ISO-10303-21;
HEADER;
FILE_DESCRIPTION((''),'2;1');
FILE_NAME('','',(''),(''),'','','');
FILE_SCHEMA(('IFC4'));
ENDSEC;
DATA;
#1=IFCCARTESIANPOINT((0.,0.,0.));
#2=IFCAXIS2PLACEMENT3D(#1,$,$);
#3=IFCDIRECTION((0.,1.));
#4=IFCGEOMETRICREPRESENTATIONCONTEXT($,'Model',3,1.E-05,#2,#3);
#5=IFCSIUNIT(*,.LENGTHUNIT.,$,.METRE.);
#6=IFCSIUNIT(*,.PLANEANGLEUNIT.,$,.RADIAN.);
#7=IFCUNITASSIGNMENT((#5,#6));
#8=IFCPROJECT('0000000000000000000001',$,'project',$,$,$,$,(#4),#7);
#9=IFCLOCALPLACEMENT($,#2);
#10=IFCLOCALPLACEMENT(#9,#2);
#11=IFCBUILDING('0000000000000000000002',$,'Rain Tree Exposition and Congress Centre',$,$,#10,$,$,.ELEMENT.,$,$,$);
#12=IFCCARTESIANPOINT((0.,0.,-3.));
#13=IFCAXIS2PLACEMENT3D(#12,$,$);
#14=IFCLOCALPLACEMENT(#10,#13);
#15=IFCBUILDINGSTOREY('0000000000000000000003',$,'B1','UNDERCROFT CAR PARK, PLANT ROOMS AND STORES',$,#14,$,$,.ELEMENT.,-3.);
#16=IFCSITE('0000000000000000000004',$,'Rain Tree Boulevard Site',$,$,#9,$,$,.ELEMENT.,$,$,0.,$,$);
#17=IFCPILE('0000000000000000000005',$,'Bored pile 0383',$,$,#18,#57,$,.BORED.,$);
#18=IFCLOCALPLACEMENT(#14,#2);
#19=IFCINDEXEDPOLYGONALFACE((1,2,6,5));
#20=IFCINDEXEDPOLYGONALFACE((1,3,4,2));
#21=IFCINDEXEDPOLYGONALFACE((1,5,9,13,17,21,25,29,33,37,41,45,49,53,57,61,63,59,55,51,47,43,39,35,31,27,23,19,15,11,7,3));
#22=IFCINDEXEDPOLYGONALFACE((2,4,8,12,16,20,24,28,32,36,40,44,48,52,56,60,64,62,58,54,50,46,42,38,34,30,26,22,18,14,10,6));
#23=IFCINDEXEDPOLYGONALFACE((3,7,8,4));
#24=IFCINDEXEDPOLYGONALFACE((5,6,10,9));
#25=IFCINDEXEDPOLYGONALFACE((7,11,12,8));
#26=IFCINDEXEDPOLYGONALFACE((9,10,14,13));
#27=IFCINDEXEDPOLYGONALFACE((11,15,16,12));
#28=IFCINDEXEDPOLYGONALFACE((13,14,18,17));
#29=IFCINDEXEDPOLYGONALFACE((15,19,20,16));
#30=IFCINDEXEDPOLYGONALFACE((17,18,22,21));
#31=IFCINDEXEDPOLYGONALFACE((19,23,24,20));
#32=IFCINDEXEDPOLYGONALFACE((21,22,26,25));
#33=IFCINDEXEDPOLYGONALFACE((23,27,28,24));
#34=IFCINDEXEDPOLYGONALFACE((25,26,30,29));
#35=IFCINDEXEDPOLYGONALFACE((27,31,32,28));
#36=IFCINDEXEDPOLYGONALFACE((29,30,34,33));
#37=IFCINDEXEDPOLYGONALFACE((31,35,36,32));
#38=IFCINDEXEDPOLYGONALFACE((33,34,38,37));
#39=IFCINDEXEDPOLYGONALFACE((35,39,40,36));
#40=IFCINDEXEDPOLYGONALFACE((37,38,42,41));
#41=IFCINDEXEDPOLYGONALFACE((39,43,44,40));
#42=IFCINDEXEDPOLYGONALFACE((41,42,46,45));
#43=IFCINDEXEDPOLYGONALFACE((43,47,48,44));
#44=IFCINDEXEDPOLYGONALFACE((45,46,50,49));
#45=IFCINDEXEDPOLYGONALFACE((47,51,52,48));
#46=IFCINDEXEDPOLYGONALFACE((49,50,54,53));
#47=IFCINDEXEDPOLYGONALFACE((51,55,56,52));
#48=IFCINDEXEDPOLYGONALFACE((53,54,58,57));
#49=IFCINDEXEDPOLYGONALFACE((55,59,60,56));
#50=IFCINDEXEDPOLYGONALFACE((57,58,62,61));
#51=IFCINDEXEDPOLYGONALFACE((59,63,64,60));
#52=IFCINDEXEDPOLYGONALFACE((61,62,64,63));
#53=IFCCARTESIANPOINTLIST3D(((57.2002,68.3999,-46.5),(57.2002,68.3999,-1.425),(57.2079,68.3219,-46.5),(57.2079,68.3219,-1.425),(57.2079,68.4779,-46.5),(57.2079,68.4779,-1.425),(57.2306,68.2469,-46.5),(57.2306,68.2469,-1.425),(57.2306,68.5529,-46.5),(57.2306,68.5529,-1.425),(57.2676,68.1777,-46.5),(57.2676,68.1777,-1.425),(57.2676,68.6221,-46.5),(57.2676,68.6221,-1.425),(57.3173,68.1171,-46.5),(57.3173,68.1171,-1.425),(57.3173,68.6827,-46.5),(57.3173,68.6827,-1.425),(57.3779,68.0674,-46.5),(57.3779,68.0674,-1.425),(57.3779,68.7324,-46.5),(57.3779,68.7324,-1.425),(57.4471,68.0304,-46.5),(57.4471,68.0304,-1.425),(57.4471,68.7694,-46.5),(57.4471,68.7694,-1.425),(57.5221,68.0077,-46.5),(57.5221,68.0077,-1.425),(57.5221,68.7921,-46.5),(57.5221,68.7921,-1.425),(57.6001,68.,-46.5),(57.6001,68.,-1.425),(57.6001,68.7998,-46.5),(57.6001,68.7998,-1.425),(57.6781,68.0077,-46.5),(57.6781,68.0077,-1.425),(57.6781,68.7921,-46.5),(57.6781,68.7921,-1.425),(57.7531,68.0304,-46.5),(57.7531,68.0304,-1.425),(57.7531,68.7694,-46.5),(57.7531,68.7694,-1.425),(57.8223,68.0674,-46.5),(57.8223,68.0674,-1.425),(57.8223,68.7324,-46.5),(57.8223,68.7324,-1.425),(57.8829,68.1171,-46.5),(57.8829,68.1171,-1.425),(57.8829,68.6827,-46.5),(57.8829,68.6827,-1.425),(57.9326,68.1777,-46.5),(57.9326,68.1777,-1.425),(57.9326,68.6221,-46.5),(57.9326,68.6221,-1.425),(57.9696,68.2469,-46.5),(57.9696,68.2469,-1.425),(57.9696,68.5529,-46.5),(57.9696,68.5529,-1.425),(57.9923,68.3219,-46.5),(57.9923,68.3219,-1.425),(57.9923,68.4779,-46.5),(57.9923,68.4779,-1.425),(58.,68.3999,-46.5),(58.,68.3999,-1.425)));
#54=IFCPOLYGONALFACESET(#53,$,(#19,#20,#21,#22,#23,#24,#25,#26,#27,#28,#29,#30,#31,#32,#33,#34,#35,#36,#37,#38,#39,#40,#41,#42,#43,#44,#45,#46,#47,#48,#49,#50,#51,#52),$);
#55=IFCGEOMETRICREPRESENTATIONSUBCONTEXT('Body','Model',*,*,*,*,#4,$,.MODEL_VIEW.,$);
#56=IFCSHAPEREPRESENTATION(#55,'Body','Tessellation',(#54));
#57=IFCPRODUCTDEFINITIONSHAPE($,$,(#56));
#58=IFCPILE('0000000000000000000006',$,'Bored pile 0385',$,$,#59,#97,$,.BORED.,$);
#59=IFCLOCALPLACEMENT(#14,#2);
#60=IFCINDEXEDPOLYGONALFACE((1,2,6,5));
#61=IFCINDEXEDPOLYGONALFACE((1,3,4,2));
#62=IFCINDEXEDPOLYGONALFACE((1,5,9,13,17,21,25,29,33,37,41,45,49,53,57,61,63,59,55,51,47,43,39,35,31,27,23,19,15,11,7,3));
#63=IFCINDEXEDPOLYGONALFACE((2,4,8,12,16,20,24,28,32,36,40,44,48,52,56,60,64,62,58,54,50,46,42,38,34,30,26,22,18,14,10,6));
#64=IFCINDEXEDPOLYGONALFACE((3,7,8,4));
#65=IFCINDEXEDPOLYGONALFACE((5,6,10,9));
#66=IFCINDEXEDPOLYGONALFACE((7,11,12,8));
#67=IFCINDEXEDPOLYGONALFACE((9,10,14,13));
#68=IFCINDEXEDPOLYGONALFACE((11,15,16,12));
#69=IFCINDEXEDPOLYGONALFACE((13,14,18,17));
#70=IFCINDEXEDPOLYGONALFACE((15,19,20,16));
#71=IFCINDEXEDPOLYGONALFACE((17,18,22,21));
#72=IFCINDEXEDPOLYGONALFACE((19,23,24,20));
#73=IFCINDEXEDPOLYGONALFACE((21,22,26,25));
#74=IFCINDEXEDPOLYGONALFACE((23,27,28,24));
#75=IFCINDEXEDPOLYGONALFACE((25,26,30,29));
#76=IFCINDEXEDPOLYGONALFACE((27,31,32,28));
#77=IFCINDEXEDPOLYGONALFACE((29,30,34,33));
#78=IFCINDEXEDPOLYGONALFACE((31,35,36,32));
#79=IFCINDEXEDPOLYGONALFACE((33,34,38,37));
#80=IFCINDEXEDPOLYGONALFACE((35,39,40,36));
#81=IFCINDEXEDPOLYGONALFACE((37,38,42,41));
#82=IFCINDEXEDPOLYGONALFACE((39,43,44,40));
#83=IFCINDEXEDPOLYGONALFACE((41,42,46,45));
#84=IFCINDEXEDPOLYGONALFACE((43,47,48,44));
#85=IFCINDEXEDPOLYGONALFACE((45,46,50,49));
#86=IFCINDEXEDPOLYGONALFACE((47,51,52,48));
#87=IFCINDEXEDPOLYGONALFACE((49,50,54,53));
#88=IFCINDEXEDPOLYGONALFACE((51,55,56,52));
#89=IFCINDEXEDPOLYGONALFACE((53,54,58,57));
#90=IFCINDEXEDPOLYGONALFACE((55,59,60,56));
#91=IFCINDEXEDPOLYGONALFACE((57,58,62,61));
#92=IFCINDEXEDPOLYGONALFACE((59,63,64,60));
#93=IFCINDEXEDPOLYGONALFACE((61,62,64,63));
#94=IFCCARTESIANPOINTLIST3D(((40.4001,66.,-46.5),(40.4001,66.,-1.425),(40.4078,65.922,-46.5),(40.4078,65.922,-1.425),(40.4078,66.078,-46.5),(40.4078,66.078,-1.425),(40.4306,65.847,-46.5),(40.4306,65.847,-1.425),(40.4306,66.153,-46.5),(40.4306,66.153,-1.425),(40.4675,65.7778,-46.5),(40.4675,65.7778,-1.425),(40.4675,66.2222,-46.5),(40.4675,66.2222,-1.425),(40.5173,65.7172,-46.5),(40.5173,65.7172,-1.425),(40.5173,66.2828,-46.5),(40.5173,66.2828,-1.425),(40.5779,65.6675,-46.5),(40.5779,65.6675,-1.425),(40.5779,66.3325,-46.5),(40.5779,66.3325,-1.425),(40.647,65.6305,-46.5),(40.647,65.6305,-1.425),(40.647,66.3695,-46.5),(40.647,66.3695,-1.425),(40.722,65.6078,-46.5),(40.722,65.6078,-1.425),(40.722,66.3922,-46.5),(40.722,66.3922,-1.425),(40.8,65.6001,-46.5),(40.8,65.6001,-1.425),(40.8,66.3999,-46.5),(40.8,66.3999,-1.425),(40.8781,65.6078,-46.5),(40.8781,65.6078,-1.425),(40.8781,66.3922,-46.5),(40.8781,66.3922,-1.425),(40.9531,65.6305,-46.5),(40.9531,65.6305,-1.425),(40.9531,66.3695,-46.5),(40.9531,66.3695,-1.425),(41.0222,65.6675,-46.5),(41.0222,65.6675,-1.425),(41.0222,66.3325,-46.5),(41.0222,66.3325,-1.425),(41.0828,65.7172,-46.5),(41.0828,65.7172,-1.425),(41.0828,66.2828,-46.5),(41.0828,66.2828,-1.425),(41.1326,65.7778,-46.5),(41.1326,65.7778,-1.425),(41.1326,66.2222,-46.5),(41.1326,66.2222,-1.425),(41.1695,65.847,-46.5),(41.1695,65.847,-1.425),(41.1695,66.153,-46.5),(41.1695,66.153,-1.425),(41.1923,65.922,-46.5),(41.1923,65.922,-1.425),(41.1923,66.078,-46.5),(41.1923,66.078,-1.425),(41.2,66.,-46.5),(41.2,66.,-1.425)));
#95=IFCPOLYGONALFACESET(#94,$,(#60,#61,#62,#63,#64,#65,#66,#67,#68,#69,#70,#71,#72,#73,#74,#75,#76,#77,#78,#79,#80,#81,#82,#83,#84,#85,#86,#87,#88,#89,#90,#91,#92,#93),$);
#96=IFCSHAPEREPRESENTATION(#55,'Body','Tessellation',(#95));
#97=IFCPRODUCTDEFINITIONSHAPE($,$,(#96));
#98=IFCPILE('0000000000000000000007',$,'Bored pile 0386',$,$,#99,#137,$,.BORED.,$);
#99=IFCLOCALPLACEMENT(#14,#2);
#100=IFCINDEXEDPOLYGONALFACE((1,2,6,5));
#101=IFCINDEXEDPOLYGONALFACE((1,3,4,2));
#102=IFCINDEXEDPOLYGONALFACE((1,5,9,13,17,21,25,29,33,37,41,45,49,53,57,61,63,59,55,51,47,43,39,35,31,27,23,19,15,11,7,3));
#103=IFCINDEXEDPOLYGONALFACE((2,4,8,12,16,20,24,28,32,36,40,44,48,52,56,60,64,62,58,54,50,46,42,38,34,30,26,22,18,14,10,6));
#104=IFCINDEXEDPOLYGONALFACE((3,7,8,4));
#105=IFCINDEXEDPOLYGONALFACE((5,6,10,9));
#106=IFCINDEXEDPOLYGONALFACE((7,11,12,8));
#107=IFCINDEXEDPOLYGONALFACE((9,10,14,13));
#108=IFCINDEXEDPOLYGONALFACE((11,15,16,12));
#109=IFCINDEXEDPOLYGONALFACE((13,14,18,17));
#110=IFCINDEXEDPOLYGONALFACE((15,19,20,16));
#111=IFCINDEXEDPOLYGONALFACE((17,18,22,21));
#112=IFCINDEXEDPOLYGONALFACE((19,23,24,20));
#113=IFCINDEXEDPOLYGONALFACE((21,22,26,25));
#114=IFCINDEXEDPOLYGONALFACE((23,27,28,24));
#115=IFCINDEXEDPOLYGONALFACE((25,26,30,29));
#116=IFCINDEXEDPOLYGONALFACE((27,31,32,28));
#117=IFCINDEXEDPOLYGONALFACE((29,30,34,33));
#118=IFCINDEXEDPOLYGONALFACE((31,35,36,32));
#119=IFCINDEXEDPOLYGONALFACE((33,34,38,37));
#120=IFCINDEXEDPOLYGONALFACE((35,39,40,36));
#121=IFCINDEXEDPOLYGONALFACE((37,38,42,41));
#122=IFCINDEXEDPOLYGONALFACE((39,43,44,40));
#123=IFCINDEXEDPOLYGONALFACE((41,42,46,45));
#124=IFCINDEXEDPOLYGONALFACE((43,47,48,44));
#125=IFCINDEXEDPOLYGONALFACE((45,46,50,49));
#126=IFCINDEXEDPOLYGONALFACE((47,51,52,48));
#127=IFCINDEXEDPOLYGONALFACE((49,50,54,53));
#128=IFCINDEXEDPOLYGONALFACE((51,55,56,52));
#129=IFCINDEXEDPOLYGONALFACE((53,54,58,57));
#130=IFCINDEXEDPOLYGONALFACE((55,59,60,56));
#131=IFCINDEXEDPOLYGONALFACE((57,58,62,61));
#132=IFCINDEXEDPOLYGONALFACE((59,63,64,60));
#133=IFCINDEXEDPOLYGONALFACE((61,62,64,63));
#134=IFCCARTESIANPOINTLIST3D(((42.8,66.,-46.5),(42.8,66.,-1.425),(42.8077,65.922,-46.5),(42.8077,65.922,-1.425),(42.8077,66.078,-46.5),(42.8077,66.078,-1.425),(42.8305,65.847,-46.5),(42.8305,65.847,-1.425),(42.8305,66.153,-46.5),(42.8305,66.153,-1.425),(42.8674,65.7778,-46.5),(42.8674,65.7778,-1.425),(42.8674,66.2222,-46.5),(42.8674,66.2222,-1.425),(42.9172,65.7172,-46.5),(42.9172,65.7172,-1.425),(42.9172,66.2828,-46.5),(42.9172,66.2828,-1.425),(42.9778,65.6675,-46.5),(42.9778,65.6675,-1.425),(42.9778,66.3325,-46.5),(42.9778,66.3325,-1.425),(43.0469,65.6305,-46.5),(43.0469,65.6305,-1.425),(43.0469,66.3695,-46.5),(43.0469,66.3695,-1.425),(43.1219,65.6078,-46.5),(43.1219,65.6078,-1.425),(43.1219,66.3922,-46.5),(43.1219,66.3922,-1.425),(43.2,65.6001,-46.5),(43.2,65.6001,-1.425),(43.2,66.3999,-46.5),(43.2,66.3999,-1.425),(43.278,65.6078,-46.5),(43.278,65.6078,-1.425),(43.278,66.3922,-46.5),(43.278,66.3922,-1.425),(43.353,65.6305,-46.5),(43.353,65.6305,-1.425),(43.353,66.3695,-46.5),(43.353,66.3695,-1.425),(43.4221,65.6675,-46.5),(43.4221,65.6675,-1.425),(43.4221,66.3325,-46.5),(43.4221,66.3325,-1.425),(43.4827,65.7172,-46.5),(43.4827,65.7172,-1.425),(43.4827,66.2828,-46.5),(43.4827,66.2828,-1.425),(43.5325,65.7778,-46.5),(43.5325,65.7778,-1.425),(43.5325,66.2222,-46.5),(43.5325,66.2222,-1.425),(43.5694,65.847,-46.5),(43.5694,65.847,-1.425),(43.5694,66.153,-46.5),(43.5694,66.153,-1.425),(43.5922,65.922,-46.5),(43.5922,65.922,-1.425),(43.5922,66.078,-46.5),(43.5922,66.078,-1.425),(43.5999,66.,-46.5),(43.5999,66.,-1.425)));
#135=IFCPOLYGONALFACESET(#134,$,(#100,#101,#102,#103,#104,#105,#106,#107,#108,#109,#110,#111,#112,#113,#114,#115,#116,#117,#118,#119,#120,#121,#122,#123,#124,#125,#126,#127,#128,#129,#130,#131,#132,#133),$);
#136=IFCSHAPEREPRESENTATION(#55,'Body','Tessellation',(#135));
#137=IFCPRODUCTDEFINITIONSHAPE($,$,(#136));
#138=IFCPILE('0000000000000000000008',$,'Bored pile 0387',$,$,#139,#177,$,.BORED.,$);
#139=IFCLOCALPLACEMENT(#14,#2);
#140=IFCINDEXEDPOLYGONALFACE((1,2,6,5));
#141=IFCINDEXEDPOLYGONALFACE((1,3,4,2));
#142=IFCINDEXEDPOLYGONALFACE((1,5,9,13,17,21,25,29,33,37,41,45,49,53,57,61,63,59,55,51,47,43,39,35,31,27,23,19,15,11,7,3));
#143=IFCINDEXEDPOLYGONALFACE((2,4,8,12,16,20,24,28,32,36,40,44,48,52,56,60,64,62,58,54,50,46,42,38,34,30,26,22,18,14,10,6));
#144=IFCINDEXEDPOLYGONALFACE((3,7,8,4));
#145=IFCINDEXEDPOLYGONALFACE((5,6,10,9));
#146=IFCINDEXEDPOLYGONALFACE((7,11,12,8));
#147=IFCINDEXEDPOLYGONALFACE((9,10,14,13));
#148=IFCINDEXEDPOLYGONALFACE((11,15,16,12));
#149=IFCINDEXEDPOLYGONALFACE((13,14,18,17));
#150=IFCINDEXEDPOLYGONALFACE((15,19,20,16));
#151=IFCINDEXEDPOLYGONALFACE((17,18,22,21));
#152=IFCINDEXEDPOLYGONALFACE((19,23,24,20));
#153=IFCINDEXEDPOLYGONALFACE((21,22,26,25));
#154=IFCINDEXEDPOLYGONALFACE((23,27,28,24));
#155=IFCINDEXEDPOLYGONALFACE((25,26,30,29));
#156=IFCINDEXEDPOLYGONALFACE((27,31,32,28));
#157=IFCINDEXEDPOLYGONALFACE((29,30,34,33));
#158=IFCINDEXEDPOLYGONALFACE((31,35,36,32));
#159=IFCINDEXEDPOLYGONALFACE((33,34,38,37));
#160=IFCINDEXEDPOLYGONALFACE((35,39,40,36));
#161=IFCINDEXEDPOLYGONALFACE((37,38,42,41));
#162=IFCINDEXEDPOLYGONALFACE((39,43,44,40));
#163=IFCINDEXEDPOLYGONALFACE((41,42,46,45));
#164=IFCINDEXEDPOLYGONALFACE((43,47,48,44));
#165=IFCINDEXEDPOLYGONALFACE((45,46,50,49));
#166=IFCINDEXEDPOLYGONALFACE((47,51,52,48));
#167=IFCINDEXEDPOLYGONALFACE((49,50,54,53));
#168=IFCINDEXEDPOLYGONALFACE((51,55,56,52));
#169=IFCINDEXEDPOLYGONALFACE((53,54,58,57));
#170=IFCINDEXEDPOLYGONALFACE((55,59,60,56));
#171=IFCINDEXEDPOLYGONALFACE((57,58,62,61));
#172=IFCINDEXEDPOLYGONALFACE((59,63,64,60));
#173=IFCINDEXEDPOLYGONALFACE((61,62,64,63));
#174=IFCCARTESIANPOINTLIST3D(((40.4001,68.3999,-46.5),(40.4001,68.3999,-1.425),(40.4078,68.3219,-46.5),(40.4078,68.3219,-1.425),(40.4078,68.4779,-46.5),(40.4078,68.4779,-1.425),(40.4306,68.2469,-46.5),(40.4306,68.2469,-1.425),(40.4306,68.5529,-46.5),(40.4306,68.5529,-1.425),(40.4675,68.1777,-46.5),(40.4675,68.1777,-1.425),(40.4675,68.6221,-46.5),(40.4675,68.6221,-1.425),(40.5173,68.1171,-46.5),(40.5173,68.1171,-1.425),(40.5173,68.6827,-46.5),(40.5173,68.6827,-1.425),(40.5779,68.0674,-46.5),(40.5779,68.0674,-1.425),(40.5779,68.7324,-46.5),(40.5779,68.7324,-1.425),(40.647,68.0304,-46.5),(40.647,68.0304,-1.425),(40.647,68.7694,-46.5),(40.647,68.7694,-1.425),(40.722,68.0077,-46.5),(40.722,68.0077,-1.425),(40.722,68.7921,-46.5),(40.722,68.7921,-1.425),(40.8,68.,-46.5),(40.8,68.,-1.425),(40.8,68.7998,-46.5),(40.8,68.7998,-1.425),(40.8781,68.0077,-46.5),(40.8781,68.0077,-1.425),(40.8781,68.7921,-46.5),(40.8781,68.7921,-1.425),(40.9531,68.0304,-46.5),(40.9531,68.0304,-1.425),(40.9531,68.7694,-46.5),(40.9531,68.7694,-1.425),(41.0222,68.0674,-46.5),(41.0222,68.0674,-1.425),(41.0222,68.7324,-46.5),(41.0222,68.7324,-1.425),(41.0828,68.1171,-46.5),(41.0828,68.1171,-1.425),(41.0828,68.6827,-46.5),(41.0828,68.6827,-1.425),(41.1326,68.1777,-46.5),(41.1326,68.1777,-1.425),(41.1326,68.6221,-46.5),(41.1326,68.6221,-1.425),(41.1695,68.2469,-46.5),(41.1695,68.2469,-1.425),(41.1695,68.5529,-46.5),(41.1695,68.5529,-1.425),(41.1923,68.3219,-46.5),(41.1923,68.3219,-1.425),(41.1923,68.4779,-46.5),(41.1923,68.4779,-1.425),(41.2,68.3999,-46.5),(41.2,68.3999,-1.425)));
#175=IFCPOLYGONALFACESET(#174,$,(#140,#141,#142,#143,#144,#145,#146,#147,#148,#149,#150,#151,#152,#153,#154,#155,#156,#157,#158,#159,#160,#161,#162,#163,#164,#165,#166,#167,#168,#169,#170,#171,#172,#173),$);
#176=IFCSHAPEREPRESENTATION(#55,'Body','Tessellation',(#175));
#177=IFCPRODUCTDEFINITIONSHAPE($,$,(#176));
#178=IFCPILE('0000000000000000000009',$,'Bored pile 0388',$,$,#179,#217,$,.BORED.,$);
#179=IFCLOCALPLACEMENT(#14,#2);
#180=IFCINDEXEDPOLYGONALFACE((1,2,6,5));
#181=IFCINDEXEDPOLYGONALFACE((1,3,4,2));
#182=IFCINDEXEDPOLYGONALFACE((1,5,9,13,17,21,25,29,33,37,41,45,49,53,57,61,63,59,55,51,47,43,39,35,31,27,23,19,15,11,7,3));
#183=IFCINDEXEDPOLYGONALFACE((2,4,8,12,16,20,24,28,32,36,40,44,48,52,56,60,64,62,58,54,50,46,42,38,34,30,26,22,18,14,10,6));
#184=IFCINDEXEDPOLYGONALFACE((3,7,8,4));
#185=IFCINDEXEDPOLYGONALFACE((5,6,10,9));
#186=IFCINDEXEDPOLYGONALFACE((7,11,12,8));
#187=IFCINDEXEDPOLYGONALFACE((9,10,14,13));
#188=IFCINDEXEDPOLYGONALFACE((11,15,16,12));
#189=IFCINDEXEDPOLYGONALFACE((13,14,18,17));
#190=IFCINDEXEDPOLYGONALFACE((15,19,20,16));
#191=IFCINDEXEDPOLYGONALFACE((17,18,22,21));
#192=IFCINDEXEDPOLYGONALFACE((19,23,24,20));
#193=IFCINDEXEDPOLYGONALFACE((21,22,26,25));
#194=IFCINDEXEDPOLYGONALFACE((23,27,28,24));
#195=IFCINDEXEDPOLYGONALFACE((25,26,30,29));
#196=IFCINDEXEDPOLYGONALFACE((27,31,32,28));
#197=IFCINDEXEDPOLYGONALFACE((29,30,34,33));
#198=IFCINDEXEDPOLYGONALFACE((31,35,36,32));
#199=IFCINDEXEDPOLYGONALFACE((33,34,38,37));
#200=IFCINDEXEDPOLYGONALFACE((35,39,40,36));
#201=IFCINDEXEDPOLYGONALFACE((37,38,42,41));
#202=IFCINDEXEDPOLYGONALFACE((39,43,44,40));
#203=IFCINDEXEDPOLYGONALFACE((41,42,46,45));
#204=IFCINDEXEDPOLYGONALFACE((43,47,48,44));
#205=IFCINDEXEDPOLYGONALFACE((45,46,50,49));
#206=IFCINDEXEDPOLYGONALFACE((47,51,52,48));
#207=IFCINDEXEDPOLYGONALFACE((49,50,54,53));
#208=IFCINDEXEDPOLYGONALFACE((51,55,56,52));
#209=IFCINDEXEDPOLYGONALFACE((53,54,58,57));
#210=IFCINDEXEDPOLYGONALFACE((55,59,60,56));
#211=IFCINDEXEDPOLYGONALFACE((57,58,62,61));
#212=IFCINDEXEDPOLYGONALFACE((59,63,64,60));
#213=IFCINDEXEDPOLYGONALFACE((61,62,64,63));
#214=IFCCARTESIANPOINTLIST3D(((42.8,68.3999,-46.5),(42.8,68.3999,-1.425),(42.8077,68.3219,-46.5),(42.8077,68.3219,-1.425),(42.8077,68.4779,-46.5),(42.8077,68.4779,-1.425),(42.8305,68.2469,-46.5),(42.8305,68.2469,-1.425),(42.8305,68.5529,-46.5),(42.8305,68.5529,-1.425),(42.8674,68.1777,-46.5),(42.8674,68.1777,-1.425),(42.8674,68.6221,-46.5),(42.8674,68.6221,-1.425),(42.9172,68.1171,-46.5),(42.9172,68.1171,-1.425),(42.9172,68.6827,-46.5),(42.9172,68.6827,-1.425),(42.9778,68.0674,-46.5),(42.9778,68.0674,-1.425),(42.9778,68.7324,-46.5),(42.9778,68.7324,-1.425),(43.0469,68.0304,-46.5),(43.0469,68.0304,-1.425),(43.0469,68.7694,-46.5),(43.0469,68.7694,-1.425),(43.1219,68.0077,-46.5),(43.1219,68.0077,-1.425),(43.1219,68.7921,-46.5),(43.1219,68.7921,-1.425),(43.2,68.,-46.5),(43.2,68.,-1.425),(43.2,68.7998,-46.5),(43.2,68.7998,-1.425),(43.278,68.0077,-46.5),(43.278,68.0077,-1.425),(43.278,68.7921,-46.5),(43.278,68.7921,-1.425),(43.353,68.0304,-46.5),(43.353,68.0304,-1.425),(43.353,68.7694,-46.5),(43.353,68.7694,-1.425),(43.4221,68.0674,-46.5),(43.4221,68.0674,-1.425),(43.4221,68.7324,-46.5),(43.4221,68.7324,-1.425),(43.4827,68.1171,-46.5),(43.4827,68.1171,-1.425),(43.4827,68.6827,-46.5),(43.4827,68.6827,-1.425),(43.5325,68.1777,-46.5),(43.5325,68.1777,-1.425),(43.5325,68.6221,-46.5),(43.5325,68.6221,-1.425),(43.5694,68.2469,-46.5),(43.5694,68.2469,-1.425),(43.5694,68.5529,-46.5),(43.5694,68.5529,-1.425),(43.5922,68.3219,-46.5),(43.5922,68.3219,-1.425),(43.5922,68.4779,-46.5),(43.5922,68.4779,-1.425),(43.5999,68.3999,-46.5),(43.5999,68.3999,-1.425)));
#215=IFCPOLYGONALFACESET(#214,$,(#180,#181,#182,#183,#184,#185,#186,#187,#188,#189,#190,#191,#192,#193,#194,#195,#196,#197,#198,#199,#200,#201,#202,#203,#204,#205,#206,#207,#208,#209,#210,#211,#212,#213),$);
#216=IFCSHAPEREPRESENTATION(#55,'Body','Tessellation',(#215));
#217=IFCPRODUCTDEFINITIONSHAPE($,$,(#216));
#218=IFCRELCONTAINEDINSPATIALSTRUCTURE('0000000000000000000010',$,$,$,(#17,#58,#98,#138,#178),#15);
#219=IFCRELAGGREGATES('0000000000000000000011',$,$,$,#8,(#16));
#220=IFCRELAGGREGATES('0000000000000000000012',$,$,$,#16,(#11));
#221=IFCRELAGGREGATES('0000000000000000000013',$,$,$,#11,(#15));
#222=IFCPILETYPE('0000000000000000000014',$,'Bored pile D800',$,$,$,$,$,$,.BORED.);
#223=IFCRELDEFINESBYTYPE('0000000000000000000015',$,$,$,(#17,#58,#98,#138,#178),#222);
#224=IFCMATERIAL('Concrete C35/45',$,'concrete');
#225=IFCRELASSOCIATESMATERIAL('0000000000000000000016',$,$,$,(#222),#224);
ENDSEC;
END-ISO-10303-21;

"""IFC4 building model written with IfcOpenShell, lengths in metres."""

from ifc_helpers import new_model, si_unit, direction, frame, origin, origin_2d, place, context, subcontext, project, spatial, circle, extrude, material, material_profile, profile_set, type_object, element, save


model = new_model("IFC4")

# Units and contexts
model_context = context("Model", 3, precision=1e-05, world=origin(), true_north=direction((0.0, 1.0)))
body_context = subcontext(model_context, "Body", "Model", "MODEL_VIEW")
ifc_project = project(units=[si_unit("LENGTHUNIT", "METRE"), si_unit("PLANEANGLEUNIT", "RADIAN")], contexts=[model_context])

# Site, building, storey
site_placement = place(None, origin())
site = spatial("IfcSite", under=ifc_project, at=site_placement, Name="Rain Tree Boulevard Site", CompositionType="ELEMENT", RefElevation=0.0)
building_placement = place(site_placement, origin())
building = spatial("IfcBuilding", under=site, at=building_placement, Name="Rain Tree Exposition and Congress Centre", CompositionType="ELEMENT")
storey_placement = place(building_placement, frame((0.0, 0.0, -3.0)))
storey = spatial("IfcBuildingStorey", under=building, at=storey_placement, Name="B1", Description="UNDERCROFT CAR PARK, PLANT ROOMS AND STORES", CompositionType="ELEMENT", Elevation=-3.0)

# Piles
ifc_material_1 = material(Name="Concrete C35/45", Category="concrete")
ifc_material_profile_1 = material_profile(ifc_material_1, circle(Radius=0.3999, at=origin_2d()), Name="D800")
ifc_profile_set_1 = profile_set([ifc_material_profile_1], Name="Concrete C35/45")
pile_type = type_object("IfcPileType", Name="Bored pile D800", PredefinedType="BORED", material=ifc_profile_set_1)
for number, where, z_axis, x_axis, name in (
    (1, (57.6001, 68.3999, -1.425), (0.0, 0.0, -1.0), (1.0, 0.0, 0.0), "Bored pile 0383"),
    (2, (40.8, 66.0, -1.425), (0.0, 0.0, -1.0), (1.0, 0.0, 0.0), "Bored pile 0385"),
    (3, (43.2, 66.0, -1.425), (0.0, 0.0, -1.0), (1.0, 0.0, 0.0), "Bored pile 0386"),
    (4, (40.8, 68.3999, -1.425), (0.0, 0.0, -1.0), (1.0, 0.0, 0.0), "Bored pile 0387"),
    (5, (43.2, 68.3999, -1.425), (0.0, 0.0, -1.0), (1.0, 0.0, 0.0), "Bored pile 0388"),
):
    element("IfcPile", number, at=place(storey_placement, frame(where, z_axis=z_axis, x_axis=x_axis)), inside=storey, type_object=pile_type, Name=name, PredefinedType="BORED", context=body_context, shape_type="SweptSolid", body=[
        extrude(circle(Radius=0.3999, at=origin_2d()), origin(), (0.0, 0.0, 1.0), 45.075),
    ])

save(model, "model.ifc")
